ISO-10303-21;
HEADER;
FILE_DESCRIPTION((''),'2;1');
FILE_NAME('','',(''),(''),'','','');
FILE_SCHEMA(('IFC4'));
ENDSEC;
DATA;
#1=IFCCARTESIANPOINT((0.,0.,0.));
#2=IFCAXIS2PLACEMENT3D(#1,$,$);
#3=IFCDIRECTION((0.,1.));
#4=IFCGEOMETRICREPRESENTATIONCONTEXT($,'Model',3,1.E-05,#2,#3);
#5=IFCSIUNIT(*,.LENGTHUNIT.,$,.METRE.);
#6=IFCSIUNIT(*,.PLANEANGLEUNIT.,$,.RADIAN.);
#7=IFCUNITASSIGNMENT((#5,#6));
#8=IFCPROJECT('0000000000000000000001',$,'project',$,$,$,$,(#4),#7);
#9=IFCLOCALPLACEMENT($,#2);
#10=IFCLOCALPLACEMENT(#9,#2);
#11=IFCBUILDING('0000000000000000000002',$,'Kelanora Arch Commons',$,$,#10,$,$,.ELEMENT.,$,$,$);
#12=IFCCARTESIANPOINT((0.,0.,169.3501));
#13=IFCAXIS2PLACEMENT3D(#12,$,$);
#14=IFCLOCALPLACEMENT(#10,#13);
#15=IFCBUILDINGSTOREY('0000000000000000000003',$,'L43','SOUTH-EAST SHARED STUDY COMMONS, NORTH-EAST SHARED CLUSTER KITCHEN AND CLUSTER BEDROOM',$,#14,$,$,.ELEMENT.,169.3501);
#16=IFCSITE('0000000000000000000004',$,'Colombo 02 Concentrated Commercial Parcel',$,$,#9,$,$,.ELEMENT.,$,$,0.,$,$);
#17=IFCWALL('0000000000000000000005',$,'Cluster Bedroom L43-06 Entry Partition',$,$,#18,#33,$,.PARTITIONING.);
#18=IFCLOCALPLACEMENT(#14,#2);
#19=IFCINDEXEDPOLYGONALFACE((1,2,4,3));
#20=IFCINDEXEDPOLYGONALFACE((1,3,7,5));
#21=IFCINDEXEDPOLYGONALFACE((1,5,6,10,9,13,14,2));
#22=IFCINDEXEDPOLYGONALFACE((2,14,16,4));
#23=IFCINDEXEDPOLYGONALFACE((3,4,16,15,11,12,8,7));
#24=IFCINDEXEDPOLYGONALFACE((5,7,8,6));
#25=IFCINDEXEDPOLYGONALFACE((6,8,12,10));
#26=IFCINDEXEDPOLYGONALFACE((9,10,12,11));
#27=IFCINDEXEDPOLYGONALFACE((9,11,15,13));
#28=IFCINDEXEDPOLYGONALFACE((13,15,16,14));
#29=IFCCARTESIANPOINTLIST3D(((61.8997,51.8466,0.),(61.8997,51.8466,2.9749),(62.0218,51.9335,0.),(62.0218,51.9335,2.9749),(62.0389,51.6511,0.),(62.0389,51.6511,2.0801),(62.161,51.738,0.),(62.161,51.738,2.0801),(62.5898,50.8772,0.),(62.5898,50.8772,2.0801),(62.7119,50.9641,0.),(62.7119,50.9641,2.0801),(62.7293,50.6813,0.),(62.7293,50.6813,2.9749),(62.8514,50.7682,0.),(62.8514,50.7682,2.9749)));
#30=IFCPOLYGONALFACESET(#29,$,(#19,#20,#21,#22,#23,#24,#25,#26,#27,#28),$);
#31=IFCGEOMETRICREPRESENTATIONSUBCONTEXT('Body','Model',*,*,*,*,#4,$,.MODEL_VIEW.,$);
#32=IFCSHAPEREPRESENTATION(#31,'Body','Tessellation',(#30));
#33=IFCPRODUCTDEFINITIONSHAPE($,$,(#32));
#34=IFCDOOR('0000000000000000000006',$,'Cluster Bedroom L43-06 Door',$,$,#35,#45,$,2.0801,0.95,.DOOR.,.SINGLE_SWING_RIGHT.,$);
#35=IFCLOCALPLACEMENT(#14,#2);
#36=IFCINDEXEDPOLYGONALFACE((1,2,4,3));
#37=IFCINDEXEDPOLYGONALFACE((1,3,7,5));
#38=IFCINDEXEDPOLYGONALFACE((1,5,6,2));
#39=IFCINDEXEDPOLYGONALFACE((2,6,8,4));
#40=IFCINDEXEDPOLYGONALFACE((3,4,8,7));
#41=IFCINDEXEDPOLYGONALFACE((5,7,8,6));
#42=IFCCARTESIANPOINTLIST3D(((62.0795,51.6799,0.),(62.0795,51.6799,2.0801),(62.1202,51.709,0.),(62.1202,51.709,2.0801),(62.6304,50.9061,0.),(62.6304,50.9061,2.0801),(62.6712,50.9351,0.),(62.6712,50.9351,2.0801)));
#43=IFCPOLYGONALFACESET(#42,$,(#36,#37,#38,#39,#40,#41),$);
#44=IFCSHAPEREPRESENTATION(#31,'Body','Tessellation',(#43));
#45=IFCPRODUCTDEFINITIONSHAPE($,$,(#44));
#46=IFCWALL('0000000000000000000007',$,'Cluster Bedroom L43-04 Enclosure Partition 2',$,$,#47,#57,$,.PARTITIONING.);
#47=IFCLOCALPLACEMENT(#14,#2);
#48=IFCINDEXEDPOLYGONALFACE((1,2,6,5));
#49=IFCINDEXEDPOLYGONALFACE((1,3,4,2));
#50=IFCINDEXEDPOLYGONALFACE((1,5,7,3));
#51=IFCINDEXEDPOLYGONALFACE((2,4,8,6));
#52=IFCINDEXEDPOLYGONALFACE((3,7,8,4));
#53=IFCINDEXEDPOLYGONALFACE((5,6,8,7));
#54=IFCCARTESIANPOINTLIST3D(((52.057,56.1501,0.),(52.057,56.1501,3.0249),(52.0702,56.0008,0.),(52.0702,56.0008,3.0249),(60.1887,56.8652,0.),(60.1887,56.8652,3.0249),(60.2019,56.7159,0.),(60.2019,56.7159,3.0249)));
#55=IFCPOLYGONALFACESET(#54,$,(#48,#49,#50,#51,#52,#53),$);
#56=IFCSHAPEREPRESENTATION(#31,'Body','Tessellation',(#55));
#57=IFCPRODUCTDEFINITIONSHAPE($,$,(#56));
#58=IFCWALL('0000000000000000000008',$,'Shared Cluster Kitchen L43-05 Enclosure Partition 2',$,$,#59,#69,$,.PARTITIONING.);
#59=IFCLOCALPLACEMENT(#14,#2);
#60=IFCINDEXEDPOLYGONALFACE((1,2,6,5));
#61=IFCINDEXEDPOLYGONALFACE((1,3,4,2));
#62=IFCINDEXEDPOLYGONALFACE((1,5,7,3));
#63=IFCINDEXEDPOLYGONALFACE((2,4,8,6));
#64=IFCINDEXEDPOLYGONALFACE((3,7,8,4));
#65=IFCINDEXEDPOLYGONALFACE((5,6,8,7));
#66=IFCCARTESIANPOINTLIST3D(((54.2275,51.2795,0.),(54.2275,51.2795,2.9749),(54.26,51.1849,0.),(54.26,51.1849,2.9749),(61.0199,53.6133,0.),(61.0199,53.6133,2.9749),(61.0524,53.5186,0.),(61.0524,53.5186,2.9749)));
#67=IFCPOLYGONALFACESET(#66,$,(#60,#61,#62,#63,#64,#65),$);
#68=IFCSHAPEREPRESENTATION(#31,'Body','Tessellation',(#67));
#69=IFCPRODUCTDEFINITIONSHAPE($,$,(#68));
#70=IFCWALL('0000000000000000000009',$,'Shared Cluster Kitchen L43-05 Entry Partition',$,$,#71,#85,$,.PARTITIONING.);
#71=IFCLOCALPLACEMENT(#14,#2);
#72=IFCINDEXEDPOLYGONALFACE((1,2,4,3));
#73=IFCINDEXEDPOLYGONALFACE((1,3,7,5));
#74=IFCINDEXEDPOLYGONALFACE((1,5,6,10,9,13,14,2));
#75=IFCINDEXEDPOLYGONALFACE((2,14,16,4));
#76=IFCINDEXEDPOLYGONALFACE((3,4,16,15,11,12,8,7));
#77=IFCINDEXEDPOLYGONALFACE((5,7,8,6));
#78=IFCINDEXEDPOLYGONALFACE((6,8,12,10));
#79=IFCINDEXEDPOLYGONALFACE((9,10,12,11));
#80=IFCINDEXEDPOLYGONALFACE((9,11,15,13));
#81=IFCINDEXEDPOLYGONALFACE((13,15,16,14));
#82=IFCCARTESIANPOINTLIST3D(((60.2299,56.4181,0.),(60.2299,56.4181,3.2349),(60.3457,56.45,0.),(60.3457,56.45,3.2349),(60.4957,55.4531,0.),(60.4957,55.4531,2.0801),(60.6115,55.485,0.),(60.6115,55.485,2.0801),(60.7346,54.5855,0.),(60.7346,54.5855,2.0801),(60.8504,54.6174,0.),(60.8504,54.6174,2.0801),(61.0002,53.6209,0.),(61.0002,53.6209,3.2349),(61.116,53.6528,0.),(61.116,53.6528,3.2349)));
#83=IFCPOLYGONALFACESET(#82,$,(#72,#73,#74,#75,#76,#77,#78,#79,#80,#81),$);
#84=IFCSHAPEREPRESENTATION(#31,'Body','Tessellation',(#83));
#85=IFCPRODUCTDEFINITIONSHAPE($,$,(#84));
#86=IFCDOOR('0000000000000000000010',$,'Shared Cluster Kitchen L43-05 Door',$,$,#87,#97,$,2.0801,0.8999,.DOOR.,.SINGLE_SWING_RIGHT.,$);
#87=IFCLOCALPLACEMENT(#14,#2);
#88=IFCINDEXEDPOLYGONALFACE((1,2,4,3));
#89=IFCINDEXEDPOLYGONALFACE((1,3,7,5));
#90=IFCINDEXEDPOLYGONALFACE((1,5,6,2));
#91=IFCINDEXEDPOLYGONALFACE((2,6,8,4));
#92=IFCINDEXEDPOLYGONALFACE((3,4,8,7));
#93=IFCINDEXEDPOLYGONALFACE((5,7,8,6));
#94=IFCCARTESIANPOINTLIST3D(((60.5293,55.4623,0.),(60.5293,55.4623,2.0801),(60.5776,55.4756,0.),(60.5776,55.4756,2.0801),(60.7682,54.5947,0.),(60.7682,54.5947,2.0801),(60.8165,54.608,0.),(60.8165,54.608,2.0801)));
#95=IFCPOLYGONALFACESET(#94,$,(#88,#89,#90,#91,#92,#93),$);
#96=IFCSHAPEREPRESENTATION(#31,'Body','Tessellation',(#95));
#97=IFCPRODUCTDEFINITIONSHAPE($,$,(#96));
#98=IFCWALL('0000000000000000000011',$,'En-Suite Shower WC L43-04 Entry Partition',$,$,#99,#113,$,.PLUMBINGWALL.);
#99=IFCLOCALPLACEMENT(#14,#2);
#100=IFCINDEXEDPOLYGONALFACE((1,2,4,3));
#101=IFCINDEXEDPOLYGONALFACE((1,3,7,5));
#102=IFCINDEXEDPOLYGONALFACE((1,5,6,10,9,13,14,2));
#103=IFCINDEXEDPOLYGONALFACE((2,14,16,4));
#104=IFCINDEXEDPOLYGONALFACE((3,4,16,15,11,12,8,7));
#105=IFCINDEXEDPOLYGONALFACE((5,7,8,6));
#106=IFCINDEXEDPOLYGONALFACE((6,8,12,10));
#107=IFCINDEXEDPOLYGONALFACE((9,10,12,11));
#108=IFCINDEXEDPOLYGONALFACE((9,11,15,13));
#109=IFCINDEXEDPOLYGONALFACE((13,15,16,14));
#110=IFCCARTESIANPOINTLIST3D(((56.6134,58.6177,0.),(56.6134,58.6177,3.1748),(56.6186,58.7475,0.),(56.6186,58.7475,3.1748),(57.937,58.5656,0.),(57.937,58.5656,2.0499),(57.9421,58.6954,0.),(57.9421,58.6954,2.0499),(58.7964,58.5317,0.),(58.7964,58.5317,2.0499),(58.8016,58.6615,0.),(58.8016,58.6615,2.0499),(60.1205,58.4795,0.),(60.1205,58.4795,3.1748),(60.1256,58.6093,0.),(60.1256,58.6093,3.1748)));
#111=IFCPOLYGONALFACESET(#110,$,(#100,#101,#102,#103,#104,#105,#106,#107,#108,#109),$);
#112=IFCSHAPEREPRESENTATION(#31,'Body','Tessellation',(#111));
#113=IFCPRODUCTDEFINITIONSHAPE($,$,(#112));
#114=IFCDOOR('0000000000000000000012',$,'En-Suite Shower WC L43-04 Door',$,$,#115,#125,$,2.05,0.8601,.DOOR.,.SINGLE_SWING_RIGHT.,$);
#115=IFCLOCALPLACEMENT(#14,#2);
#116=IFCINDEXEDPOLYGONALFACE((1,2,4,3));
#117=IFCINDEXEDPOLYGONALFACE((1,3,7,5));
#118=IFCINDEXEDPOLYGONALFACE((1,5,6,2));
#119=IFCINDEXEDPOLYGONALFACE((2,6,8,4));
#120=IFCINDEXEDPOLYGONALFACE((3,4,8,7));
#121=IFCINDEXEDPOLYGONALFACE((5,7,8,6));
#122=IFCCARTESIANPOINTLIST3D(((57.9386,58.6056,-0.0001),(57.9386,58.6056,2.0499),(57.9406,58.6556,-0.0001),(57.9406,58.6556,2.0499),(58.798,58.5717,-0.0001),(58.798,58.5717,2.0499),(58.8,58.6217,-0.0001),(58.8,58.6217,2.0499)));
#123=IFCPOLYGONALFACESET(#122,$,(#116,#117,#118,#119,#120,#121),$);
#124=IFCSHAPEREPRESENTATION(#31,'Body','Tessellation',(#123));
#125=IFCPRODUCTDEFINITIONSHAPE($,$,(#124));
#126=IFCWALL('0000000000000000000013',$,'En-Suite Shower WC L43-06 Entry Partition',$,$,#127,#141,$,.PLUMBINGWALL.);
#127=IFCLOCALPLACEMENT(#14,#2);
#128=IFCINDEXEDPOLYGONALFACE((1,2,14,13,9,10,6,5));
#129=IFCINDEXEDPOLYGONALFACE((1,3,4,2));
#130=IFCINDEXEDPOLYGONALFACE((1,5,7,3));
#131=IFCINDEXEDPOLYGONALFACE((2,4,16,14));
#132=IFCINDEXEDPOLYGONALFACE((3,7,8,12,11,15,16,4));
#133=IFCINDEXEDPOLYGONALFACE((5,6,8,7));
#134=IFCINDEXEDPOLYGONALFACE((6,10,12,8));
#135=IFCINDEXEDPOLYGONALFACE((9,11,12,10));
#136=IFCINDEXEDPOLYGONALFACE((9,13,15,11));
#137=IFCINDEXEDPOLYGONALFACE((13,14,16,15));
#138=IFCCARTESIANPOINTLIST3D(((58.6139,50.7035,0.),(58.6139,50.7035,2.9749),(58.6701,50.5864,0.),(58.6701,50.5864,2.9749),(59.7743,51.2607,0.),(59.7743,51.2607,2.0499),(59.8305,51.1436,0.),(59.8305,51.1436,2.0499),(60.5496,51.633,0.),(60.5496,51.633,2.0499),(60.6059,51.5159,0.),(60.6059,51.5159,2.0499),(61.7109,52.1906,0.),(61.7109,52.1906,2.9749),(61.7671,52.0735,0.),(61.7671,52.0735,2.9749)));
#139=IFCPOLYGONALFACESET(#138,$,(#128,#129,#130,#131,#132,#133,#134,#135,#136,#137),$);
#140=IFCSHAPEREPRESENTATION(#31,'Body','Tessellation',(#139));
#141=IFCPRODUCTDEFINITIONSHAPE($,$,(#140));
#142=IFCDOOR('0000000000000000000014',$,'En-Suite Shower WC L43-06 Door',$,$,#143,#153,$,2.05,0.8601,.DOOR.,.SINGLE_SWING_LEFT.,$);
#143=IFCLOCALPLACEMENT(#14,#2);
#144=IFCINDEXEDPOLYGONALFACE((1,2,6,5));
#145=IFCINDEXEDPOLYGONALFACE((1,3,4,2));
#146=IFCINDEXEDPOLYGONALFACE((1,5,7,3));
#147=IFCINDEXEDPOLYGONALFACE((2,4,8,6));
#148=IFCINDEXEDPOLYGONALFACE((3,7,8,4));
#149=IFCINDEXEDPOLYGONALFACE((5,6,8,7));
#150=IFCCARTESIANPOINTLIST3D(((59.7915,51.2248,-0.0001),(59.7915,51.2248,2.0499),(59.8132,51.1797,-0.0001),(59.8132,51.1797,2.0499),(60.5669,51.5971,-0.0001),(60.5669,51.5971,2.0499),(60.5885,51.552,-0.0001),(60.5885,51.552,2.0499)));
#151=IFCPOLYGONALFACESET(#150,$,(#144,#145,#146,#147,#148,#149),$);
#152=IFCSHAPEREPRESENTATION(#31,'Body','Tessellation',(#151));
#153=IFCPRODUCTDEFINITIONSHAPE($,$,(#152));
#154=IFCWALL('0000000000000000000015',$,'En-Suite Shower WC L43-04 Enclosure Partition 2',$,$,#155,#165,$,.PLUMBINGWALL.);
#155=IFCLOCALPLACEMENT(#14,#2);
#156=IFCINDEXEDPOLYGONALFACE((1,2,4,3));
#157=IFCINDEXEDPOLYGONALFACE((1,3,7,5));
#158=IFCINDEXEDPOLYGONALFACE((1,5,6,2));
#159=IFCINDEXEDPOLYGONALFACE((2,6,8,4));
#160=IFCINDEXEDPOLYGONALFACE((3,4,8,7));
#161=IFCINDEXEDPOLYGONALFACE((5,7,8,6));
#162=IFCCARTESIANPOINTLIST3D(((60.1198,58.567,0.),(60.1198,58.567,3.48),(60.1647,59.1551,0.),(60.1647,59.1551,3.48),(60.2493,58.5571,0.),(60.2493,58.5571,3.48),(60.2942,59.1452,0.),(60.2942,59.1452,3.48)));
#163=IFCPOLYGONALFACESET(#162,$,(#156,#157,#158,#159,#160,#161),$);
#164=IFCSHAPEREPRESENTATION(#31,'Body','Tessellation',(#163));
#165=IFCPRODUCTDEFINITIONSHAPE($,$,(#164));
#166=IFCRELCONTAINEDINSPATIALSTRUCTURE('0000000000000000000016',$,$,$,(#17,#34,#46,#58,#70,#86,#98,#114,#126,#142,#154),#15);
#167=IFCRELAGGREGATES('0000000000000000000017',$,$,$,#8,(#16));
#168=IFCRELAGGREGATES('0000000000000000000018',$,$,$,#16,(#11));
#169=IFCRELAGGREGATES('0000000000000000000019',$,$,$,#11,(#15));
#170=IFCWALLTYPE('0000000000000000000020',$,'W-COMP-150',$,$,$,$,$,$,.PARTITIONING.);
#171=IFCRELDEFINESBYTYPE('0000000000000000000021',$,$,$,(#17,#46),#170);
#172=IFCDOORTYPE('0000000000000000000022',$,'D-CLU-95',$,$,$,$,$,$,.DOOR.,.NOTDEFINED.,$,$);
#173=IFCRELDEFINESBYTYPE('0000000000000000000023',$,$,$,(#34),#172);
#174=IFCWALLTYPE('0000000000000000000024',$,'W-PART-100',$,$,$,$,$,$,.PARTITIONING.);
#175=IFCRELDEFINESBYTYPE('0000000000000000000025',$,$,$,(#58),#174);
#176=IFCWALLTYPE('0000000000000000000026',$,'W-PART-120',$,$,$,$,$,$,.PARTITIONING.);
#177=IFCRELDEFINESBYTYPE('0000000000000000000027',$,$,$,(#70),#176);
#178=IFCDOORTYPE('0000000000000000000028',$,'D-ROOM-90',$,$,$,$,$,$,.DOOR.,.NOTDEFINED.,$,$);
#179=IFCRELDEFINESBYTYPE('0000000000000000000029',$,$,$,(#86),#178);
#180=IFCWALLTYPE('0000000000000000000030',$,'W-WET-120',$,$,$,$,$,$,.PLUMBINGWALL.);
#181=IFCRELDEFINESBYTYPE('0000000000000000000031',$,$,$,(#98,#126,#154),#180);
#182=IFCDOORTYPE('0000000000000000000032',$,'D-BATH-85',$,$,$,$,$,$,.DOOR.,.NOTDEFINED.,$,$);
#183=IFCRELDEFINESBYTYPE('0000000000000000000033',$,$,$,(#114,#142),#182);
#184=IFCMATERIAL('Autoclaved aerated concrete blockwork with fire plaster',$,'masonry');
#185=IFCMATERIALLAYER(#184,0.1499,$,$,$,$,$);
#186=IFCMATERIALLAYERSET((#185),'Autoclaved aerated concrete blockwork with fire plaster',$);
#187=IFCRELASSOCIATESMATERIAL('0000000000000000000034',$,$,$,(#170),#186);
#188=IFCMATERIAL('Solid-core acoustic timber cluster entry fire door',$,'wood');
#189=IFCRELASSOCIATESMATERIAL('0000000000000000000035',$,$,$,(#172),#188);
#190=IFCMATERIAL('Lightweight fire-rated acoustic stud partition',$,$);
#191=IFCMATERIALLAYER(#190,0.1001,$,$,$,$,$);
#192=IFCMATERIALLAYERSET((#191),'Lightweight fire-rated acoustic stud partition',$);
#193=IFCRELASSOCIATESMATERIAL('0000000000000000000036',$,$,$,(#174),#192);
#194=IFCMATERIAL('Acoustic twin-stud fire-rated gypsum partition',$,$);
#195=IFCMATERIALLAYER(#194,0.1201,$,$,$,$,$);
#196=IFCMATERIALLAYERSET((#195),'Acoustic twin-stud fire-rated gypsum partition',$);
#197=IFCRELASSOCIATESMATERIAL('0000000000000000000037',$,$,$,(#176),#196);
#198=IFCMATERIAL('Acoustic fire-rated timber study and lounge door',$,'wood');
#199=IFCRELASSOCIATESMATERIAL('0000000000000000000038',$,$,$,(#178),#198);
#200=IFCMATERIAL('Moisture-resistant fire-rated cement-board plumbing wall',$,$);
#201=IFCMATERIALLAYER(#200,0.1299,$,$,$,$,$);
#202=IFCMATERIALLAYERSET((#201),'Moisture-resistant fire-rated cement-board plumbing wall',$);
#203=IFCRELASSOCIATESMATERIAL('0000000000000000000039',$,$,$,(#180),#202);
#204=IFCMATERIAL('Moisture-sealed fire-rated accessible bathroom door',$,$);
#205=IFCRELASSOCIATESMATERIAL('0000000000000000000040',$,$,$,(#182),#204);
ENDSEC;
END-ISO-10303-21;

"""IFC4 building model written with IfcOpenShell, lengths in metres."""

from ifc_helpers import new_model, si_unit, direction, frame, frame_2d, origin, place, context, subcontext, project, spatial, rectangle, extrude, material, layer, layer_set, type_object, element, fill, save


model = new_model("IFC4")

# Units and contexts
model_context = context("Model", 3, precision=1e-05, world=origin(), true_north=direction((0.0, 1.0)))
body_context = subcontext(model_context, "Body", "Model", "MODEL_VIEW")
ifc_project = project(units=[si_unit("LENGTHUNIT", "METRE"), si_unit("PLANEANGLEUNIT", "RADIAN")], contexts=[model_context])

# Site, building, storey
site_placement = place(None, origin())
site = spatial("IfcSite", under=ifc_project, at=site_placement, Name="Colombo 02 Concentrated Commercial Parcel", CompositionType="ELEMENT", RefElevation=0.0)
building_placement = place(site_placement, origin())
building = spatial("IfcBuilding", under=site, at=building_placement, Name="Kelanora Arch Commons", CompositionType="ELEMENT")
storey_placement = place(building_placement, frame((0.0, 0.0, 169.3501)))
storey = spatial("IfcBuildingStorey", under=building, at=storey_placement, Name="L43", Description="SOUTH-EAST SHARED STUDY COMMONS, NORTH-EAST SHARED CLUSTER KITCHEN AND CLUSTER BEDROOM", CompositionType="ELEMENT", Elevation=169.3501)

# Wall, opening, door
ifc_material_1 = material(Name="Autoclaved aerated concrete blockwork with fire plaster", Category="masonry")
ifc_layer_1 = layer(ifc_material_1, 0.1499)
ifc_layer_set_1 = layer_set([ifc_layer_1], Name="Autoclaved aerated concrete blockwork with fire plaster")
wall_type_1 = type_object("IfcWallType", Name="W-COMP-150", PredefinedType="PARTITIONING", material=ifc_layer_set_1)
ifc_material_2 = material(Name="Solid-core acoustic timber cluster entry fire door", Category="wood")
door_type_1 = type_object("IfcDoorType", Name="D-CLU-95", OperationType="NOTDEFINED", PredefinedType="DOOR", material=ifc_material_2)
wall_1_placement = place(storey_placement, frame((61.9607, 51.8901, 0.0), z_axis=(0.0, 0.0, 1.0), x_axis=(0.579962, -0.814644, 0.0)))
wall_1 = element("IfcWall", 1, at=wall_1_placement, inside=storey, type_object=wall_type_1, Name="Cluster Bedroom L43-06 Entry Partition", PredefinedType="PARTITIONING", context=body_context, shape_type="SweptSolid", body=[
    extrude(rectangle(XDim=1.4304, YDim=0.1499, at=frame_2d((0.7153, 0.0))), origin(), (0.0, 0.0, 1.0), 2.9749),
])
opening_1_placement = place(wall_1_placement, frame((0.24, 0.0, 0.0)))
opening_1 = element("IfcOpeningElement", 2, at=opening_1_placement, cuts=wall_1, PredefinedType="OPENING", context=body_context, shape_type="SweptSolid", body=[
    extrude(rectangle(XDim=0.95, YDim=2.0801, at=frame_2d((0.4751, 1.04))), frame((0.0, 0.085, 0.0), z_axis=(0.0, -1.0, 0.0), x_axis=(1.0, 0.0, 0.0)), (0.0, 0.0, 1.0), 0.1699),
])
door_1_placement = place(opening_1_placement, origin())
door_1 = element("IfcDoor", 3, at=door_1_placement, inside=storey, type_object=door_type_1, Name="Cluster Bedroom L43-06 Door", OperationType="SINGLE_SWING_RIGHT", OverallHeight=2.0801, OverallWidth=0.95, PredefinedType="DOOR", context=body_context, shape_type="SweptSolid", body=[
    extrude(rectangle(XDim=0.95, YDim=2.0801, at=frame_2d((0.4751, 1.04))), frame((0.0, 0.0249, 0.0), z_axis=(0.0, -1.0, 0.0), x_axis=(1.0, 0.0, 0.0)), (0.0, 0.0, 1.0), 0.05),
])
fill(opening_1, door_1)

# Walls
wall_2_placement = place(storey_placement, frame((60.1953, 56.7905, 0.0), z_axis=(0.0, 0.0, 1.0), x_axis=(-0.996156, -0.087601, 0.0)))
element("IfcWall", 4, at=wall_2_placement, inside=storey, type_object=wall_type_1, Name="Cluster Bedroom L43-04 Enclosure Partition 2", PredefinedType="PARTITIONING", context=body_context, shape_type="SweptSolid", body=[
    extrude(rectangle(XDim=8.1631, YDim=0.1499, at=frame_2d((4.0815, 0.0))), origin(), (0.0, 0.0, 1.0), 3.0249),
])
ifc_material_3 = material(Name="Lightweight fire-rated acoustic stud partition")
ifc_layer_2 = layer(ifc_material_3, 0.1001)
ifc_layer_set_2 = layer_set([ifc_layer_2], Name="Lightweight fire-rated acoustic stud partition")
wall_type_2 = type_object("IfcWallType", Name="W-PART-100", PredefinedType="PARTITIONING", material=ifc_layer_set_2)
wall_3_placement = place(storey_placement, frame((61.0361, 53.5659, 0.0), z_axis=(0.0, 0.0, 1.0), x_axis=(-0.945737, -0.324933, 0.0)))
element("IfcWall", 5, at=wall_3_placement, inside=storey, type_object=wall_type_2, Name="Shared Cluster Kitchen L43-05 Enclosure Partition 2", PredefinedType="PARTITIONING", context=body_context, shape_type="SweptSolid", body=[
    extrude(rectangle(XDim=7.1821, YDim=0.1001, at=frame_2d((3.5911, 0.0))), origin(), (0.0, 0.0, 1.0), 2.9749),
])

# Walls, openings, doors
ifc_material_4 = material(Name="Acoustic twin-stud fire-rated gypsum partition")
ifc_layer_3 = layer(ifc_material_4, 0.1201)
ifc_layer_set_3 = layer_set([ifc_layer_3], Name="Acoustic twin-stud fire-rated gypsum partition")
wall_type_3 = type_object("IfcWallType", Name="W-PART-120", PredefinedType="PARTITIONING", material=ifc_layer_set_3)
wall_4_placement = place(storey_placement, frame((60.2878, 56.4341, 0.0), z_axis=(0.0, 0.0, 1.0), x_axis=(0.265473, -0.964118, 0.0)))
wall_4 = element("IfcWall", 6, at=wall_4_placement, inside=storey, type_object=wall_type_3, Name="Shared Cluster Kitchen L43-05 Entry Partition", PredefinedType="PARTITIONING", context=body_context, shape_type="SweptSolid", body=[
    extrude(rectangle(XDim=2.9014, YDim=0.1201, at=frame_2d((1.4507, 0.0))), origin(), (0.0, 0.0, 1.0), 3.2349),
])
opening_2_placement = place(wall_4_placement, frame((1.001, 0.0, 0.0)))
opening_2 = element("IfcOpeningElement", 7, at=opening_2_placement, cuts=wall_4, PredefinedType="OPENING", context=body_context, shape_type="SweptSolid", body=[
    extrude(rectangle(XDim=0.8999, YDim=2.0801, at=frame_2d((0.45, 1.04))), frame((0.0, 0.0701, 0.0), z_axis=(0.0, -1.0, 0.0), x_axis=(1.0, 0.0, 0.0)), (0.0, 0.0, 1.0), 0.1401),
])
ifc_material_5 = material(Name="Acoustic fire-rated timber study and lounge door", Category="wood")
door_type_2 = type_object("IfcDoorType", Name="D-ROOM-90", OperationType="NOTDEFINED", PredefinedType="DOOR", material=ifc_material_5)
door_2_placement = place(opening_2_placement, origin())
door_2 = element("IfcDoor", 8, at=door_2_placement, inside=storey, type_object=door_type_2, Name="Shared Cluster Kitchen L43-05 Door", OperationType="SINGLE_SWING_RIGHT", OverallHeight=2.0801, OverallWidth=0.8999, PredefinedType="DOOR", context=body_context, shape_type="SweptSolid", body=[
    extrude(rectangle(XDim=0.8999, YDim=2.0801, at=frame_2d((0.45, 1.04))), frame((0.0, 0.0249, 0.0), z_axis=(0.0, -1.0, 0.0), x_axis=(1.0, 0.0, 0.0)), (0.0, 0.0, 1.0), 0.05),
])
fill(opening_2, door_2)
ifc_material_6 = material(Name="Moisture-resistant fire-rated cement-board plumbing wall")
ifc_layer_4 = layer(ifc_material_6, 0.1299)
ifc_layer_set_4 = layer_set([ifc_layer_4], Name="Moisture-resistant fire-rated cement-board plumbing wall")
wall_type_4 = type_object("IfcWallType", Name="W-WET-120", PredefinedType="PLUMBINGWALL", material=ifc_layer_set_4)
wall_5_placement = place(storey_placement, frame((60.123, 58.5444, 0.0), z_axis=(0.0, 0.0, 1.0), x_axis=(-0.999225, 0.039371, 0.0)))
wall_5 = element("IfcWall", 9, at=wall_5_placement, inside=storey, type_object=wall_type_4, Name="En-Suite Shower WC L43-04 Entry Partition", PredefinedType="PLUMBINGWALL", context=body_context, shape_type="SweptSolid", body=[
    extrude(rectangle(XDim=3.5098, YDim=0.1299, at=frame_2d((1.7549, 0.0))), origin(), (0.0, 0.0, 1.0), 3.1748),
])
opening_3_placement = place(wall_5_placement, frame((1.325, 0.0, 0.0)))
opening_3 = element("IfcOpeningElement", 10, at=opening_3_placement, cuts=wall_5, PredefinedType="OPENING", context=body_context, shape_type="SweptSolid", body=[
    extrude(rectangle(XDim=0.8601, YDim=2.05, at=frame_2d((0.4302, 1.0249))), frame((0.0, 0.075, 0.0), z_axis=(0.0, -1.0, 0.0), x_axis=(1.0, 0.0, 0.0)), (0.0, 0.0, 1.0), 0.1499),
])
ifc_material_7 = material(Name="Moisture-sealed fire-rated accessible bathroom door")
door_type_3 = type_object("IfcDoorType", Name="D-BATH-85", OperationType="NOTDEFINED", PredefinedType="DOOR", material=ifc_material_7)
door_3_placement = place(opening_3_placement, origin())
door_3 = element("IfcDoor", 11, at=door_3_placement, inside=storey, type_object=door_type_3, Name="En-Suite Shower WC L43-04 Door", OperationType="SINGLE_SWING_RIGHT", OverallHeight=2.05, OverallWidth=0.8601, PredefinedType="DOOR", context=body_context, shape_type="SweptSolid", body=[
    extrude(rectangle(XDim=0.8601, YDim=2.05, at=frame_2d((0.4302, 1.0249))), frame((0.0, 0.0249, 0.0), z_axis=(0.0, -1.0, 0.0), x_axis=(1.0, 0.0, 0.0)), (0.0, 0.0, 1.0), 0.05),
])
fill(opening_3, door_3)
wall_6_placement = place(storey_placement, frame((61.739, 52.1321, 0.0), z_axis=(0.0, 0.0, 1.0), x_axis=(-0.901462, -0.432858, 0.0)))
wall_6 = element("IfcWall", 12, at=wall_6_placement, inside=storey, type_object=wall_type_4, Name="En-Suite Shower WC L43-06 Entry Partition", PredefinedType="PLUMBINGWALL", context=body_context, shape_type="SweptSolid", body=[
    extrude(rectangle(XDim=3.4355, YDim=0.1299, at=frame_2d((1.7178, 0.0))), origin(), (0.0, 0.0, 1.0), 2.9749),
])
opening_4_placement = place(wall_6_placement, frame((1.2881, 0.0, 0.0)))
opening_4 = element("IfcOpeningElement", 13, at=opening_4_placement, cuts=wall_6, PredefinedType="OPENING", context=body_context, shape_type="SweptSolid", body=[
    extrude(rectangle(XDim=0.8601, YDim=2.05, at=frame_2d((0.4302, 1.0249))), frame((0.0, 0.075, 0.0), z_axis=(0.0, -1.0, 0.0), x_axis=(1.0, 0.0, 0.0)), (0.0, 0.0, 1.0), 0.1499),
])
door_4_placement = place(opening_4_placement, origin())
door_4 = element("IfcDoor", 14, at=door_4_placement, inside=storey, type_object=door_type_3, Name="En-Suite Shower WC L43-06 Door", OperationType="SINGLE_SWING_LEFT", OverallHeight=2.05, OverallWidth=0.8601, PredefinedType="DOOR", context=body_context, shape_type="SweptSolid", body=[
    extrude(rectangle(XDim=0.8601, YDim=2.05, at=frame_2d((0.4302, 1.0249))), frame((0.0, 0.0249, 0.0), z_axis=(0.0, -1.0, 0.0), x_axis=(1.0, 0.0, 0.0)), (0.0, 0.0, 1.0), 0.05),
])
fill(opening_4, door_4)

# Wall
wall_7_placement = place(storey_placement, frame((60.2295, 59.1501, 0.0), z_axis=(0.0, 0.0, 1.0), x_axis=(-0.076158, -0.997096, 0.0)))
element("IfcWall", 15, at=wall_7_placement, inside=storey, type_object=wall_type_4, Name="En-Suite Shower WC L43-04 Enclosure Partition 2", PredefinedType="PLUMBINGWALL", context=body_context, shape_type="SweptSolid", body=[
    extrude(rectangle(XDim=0.5898, YDim=0.1299, at=frame_2d((0.2949, 0.0))), origin(), (0.0, 0.0, 1.0), 3.48),
])

save(model, "model.ifc")
